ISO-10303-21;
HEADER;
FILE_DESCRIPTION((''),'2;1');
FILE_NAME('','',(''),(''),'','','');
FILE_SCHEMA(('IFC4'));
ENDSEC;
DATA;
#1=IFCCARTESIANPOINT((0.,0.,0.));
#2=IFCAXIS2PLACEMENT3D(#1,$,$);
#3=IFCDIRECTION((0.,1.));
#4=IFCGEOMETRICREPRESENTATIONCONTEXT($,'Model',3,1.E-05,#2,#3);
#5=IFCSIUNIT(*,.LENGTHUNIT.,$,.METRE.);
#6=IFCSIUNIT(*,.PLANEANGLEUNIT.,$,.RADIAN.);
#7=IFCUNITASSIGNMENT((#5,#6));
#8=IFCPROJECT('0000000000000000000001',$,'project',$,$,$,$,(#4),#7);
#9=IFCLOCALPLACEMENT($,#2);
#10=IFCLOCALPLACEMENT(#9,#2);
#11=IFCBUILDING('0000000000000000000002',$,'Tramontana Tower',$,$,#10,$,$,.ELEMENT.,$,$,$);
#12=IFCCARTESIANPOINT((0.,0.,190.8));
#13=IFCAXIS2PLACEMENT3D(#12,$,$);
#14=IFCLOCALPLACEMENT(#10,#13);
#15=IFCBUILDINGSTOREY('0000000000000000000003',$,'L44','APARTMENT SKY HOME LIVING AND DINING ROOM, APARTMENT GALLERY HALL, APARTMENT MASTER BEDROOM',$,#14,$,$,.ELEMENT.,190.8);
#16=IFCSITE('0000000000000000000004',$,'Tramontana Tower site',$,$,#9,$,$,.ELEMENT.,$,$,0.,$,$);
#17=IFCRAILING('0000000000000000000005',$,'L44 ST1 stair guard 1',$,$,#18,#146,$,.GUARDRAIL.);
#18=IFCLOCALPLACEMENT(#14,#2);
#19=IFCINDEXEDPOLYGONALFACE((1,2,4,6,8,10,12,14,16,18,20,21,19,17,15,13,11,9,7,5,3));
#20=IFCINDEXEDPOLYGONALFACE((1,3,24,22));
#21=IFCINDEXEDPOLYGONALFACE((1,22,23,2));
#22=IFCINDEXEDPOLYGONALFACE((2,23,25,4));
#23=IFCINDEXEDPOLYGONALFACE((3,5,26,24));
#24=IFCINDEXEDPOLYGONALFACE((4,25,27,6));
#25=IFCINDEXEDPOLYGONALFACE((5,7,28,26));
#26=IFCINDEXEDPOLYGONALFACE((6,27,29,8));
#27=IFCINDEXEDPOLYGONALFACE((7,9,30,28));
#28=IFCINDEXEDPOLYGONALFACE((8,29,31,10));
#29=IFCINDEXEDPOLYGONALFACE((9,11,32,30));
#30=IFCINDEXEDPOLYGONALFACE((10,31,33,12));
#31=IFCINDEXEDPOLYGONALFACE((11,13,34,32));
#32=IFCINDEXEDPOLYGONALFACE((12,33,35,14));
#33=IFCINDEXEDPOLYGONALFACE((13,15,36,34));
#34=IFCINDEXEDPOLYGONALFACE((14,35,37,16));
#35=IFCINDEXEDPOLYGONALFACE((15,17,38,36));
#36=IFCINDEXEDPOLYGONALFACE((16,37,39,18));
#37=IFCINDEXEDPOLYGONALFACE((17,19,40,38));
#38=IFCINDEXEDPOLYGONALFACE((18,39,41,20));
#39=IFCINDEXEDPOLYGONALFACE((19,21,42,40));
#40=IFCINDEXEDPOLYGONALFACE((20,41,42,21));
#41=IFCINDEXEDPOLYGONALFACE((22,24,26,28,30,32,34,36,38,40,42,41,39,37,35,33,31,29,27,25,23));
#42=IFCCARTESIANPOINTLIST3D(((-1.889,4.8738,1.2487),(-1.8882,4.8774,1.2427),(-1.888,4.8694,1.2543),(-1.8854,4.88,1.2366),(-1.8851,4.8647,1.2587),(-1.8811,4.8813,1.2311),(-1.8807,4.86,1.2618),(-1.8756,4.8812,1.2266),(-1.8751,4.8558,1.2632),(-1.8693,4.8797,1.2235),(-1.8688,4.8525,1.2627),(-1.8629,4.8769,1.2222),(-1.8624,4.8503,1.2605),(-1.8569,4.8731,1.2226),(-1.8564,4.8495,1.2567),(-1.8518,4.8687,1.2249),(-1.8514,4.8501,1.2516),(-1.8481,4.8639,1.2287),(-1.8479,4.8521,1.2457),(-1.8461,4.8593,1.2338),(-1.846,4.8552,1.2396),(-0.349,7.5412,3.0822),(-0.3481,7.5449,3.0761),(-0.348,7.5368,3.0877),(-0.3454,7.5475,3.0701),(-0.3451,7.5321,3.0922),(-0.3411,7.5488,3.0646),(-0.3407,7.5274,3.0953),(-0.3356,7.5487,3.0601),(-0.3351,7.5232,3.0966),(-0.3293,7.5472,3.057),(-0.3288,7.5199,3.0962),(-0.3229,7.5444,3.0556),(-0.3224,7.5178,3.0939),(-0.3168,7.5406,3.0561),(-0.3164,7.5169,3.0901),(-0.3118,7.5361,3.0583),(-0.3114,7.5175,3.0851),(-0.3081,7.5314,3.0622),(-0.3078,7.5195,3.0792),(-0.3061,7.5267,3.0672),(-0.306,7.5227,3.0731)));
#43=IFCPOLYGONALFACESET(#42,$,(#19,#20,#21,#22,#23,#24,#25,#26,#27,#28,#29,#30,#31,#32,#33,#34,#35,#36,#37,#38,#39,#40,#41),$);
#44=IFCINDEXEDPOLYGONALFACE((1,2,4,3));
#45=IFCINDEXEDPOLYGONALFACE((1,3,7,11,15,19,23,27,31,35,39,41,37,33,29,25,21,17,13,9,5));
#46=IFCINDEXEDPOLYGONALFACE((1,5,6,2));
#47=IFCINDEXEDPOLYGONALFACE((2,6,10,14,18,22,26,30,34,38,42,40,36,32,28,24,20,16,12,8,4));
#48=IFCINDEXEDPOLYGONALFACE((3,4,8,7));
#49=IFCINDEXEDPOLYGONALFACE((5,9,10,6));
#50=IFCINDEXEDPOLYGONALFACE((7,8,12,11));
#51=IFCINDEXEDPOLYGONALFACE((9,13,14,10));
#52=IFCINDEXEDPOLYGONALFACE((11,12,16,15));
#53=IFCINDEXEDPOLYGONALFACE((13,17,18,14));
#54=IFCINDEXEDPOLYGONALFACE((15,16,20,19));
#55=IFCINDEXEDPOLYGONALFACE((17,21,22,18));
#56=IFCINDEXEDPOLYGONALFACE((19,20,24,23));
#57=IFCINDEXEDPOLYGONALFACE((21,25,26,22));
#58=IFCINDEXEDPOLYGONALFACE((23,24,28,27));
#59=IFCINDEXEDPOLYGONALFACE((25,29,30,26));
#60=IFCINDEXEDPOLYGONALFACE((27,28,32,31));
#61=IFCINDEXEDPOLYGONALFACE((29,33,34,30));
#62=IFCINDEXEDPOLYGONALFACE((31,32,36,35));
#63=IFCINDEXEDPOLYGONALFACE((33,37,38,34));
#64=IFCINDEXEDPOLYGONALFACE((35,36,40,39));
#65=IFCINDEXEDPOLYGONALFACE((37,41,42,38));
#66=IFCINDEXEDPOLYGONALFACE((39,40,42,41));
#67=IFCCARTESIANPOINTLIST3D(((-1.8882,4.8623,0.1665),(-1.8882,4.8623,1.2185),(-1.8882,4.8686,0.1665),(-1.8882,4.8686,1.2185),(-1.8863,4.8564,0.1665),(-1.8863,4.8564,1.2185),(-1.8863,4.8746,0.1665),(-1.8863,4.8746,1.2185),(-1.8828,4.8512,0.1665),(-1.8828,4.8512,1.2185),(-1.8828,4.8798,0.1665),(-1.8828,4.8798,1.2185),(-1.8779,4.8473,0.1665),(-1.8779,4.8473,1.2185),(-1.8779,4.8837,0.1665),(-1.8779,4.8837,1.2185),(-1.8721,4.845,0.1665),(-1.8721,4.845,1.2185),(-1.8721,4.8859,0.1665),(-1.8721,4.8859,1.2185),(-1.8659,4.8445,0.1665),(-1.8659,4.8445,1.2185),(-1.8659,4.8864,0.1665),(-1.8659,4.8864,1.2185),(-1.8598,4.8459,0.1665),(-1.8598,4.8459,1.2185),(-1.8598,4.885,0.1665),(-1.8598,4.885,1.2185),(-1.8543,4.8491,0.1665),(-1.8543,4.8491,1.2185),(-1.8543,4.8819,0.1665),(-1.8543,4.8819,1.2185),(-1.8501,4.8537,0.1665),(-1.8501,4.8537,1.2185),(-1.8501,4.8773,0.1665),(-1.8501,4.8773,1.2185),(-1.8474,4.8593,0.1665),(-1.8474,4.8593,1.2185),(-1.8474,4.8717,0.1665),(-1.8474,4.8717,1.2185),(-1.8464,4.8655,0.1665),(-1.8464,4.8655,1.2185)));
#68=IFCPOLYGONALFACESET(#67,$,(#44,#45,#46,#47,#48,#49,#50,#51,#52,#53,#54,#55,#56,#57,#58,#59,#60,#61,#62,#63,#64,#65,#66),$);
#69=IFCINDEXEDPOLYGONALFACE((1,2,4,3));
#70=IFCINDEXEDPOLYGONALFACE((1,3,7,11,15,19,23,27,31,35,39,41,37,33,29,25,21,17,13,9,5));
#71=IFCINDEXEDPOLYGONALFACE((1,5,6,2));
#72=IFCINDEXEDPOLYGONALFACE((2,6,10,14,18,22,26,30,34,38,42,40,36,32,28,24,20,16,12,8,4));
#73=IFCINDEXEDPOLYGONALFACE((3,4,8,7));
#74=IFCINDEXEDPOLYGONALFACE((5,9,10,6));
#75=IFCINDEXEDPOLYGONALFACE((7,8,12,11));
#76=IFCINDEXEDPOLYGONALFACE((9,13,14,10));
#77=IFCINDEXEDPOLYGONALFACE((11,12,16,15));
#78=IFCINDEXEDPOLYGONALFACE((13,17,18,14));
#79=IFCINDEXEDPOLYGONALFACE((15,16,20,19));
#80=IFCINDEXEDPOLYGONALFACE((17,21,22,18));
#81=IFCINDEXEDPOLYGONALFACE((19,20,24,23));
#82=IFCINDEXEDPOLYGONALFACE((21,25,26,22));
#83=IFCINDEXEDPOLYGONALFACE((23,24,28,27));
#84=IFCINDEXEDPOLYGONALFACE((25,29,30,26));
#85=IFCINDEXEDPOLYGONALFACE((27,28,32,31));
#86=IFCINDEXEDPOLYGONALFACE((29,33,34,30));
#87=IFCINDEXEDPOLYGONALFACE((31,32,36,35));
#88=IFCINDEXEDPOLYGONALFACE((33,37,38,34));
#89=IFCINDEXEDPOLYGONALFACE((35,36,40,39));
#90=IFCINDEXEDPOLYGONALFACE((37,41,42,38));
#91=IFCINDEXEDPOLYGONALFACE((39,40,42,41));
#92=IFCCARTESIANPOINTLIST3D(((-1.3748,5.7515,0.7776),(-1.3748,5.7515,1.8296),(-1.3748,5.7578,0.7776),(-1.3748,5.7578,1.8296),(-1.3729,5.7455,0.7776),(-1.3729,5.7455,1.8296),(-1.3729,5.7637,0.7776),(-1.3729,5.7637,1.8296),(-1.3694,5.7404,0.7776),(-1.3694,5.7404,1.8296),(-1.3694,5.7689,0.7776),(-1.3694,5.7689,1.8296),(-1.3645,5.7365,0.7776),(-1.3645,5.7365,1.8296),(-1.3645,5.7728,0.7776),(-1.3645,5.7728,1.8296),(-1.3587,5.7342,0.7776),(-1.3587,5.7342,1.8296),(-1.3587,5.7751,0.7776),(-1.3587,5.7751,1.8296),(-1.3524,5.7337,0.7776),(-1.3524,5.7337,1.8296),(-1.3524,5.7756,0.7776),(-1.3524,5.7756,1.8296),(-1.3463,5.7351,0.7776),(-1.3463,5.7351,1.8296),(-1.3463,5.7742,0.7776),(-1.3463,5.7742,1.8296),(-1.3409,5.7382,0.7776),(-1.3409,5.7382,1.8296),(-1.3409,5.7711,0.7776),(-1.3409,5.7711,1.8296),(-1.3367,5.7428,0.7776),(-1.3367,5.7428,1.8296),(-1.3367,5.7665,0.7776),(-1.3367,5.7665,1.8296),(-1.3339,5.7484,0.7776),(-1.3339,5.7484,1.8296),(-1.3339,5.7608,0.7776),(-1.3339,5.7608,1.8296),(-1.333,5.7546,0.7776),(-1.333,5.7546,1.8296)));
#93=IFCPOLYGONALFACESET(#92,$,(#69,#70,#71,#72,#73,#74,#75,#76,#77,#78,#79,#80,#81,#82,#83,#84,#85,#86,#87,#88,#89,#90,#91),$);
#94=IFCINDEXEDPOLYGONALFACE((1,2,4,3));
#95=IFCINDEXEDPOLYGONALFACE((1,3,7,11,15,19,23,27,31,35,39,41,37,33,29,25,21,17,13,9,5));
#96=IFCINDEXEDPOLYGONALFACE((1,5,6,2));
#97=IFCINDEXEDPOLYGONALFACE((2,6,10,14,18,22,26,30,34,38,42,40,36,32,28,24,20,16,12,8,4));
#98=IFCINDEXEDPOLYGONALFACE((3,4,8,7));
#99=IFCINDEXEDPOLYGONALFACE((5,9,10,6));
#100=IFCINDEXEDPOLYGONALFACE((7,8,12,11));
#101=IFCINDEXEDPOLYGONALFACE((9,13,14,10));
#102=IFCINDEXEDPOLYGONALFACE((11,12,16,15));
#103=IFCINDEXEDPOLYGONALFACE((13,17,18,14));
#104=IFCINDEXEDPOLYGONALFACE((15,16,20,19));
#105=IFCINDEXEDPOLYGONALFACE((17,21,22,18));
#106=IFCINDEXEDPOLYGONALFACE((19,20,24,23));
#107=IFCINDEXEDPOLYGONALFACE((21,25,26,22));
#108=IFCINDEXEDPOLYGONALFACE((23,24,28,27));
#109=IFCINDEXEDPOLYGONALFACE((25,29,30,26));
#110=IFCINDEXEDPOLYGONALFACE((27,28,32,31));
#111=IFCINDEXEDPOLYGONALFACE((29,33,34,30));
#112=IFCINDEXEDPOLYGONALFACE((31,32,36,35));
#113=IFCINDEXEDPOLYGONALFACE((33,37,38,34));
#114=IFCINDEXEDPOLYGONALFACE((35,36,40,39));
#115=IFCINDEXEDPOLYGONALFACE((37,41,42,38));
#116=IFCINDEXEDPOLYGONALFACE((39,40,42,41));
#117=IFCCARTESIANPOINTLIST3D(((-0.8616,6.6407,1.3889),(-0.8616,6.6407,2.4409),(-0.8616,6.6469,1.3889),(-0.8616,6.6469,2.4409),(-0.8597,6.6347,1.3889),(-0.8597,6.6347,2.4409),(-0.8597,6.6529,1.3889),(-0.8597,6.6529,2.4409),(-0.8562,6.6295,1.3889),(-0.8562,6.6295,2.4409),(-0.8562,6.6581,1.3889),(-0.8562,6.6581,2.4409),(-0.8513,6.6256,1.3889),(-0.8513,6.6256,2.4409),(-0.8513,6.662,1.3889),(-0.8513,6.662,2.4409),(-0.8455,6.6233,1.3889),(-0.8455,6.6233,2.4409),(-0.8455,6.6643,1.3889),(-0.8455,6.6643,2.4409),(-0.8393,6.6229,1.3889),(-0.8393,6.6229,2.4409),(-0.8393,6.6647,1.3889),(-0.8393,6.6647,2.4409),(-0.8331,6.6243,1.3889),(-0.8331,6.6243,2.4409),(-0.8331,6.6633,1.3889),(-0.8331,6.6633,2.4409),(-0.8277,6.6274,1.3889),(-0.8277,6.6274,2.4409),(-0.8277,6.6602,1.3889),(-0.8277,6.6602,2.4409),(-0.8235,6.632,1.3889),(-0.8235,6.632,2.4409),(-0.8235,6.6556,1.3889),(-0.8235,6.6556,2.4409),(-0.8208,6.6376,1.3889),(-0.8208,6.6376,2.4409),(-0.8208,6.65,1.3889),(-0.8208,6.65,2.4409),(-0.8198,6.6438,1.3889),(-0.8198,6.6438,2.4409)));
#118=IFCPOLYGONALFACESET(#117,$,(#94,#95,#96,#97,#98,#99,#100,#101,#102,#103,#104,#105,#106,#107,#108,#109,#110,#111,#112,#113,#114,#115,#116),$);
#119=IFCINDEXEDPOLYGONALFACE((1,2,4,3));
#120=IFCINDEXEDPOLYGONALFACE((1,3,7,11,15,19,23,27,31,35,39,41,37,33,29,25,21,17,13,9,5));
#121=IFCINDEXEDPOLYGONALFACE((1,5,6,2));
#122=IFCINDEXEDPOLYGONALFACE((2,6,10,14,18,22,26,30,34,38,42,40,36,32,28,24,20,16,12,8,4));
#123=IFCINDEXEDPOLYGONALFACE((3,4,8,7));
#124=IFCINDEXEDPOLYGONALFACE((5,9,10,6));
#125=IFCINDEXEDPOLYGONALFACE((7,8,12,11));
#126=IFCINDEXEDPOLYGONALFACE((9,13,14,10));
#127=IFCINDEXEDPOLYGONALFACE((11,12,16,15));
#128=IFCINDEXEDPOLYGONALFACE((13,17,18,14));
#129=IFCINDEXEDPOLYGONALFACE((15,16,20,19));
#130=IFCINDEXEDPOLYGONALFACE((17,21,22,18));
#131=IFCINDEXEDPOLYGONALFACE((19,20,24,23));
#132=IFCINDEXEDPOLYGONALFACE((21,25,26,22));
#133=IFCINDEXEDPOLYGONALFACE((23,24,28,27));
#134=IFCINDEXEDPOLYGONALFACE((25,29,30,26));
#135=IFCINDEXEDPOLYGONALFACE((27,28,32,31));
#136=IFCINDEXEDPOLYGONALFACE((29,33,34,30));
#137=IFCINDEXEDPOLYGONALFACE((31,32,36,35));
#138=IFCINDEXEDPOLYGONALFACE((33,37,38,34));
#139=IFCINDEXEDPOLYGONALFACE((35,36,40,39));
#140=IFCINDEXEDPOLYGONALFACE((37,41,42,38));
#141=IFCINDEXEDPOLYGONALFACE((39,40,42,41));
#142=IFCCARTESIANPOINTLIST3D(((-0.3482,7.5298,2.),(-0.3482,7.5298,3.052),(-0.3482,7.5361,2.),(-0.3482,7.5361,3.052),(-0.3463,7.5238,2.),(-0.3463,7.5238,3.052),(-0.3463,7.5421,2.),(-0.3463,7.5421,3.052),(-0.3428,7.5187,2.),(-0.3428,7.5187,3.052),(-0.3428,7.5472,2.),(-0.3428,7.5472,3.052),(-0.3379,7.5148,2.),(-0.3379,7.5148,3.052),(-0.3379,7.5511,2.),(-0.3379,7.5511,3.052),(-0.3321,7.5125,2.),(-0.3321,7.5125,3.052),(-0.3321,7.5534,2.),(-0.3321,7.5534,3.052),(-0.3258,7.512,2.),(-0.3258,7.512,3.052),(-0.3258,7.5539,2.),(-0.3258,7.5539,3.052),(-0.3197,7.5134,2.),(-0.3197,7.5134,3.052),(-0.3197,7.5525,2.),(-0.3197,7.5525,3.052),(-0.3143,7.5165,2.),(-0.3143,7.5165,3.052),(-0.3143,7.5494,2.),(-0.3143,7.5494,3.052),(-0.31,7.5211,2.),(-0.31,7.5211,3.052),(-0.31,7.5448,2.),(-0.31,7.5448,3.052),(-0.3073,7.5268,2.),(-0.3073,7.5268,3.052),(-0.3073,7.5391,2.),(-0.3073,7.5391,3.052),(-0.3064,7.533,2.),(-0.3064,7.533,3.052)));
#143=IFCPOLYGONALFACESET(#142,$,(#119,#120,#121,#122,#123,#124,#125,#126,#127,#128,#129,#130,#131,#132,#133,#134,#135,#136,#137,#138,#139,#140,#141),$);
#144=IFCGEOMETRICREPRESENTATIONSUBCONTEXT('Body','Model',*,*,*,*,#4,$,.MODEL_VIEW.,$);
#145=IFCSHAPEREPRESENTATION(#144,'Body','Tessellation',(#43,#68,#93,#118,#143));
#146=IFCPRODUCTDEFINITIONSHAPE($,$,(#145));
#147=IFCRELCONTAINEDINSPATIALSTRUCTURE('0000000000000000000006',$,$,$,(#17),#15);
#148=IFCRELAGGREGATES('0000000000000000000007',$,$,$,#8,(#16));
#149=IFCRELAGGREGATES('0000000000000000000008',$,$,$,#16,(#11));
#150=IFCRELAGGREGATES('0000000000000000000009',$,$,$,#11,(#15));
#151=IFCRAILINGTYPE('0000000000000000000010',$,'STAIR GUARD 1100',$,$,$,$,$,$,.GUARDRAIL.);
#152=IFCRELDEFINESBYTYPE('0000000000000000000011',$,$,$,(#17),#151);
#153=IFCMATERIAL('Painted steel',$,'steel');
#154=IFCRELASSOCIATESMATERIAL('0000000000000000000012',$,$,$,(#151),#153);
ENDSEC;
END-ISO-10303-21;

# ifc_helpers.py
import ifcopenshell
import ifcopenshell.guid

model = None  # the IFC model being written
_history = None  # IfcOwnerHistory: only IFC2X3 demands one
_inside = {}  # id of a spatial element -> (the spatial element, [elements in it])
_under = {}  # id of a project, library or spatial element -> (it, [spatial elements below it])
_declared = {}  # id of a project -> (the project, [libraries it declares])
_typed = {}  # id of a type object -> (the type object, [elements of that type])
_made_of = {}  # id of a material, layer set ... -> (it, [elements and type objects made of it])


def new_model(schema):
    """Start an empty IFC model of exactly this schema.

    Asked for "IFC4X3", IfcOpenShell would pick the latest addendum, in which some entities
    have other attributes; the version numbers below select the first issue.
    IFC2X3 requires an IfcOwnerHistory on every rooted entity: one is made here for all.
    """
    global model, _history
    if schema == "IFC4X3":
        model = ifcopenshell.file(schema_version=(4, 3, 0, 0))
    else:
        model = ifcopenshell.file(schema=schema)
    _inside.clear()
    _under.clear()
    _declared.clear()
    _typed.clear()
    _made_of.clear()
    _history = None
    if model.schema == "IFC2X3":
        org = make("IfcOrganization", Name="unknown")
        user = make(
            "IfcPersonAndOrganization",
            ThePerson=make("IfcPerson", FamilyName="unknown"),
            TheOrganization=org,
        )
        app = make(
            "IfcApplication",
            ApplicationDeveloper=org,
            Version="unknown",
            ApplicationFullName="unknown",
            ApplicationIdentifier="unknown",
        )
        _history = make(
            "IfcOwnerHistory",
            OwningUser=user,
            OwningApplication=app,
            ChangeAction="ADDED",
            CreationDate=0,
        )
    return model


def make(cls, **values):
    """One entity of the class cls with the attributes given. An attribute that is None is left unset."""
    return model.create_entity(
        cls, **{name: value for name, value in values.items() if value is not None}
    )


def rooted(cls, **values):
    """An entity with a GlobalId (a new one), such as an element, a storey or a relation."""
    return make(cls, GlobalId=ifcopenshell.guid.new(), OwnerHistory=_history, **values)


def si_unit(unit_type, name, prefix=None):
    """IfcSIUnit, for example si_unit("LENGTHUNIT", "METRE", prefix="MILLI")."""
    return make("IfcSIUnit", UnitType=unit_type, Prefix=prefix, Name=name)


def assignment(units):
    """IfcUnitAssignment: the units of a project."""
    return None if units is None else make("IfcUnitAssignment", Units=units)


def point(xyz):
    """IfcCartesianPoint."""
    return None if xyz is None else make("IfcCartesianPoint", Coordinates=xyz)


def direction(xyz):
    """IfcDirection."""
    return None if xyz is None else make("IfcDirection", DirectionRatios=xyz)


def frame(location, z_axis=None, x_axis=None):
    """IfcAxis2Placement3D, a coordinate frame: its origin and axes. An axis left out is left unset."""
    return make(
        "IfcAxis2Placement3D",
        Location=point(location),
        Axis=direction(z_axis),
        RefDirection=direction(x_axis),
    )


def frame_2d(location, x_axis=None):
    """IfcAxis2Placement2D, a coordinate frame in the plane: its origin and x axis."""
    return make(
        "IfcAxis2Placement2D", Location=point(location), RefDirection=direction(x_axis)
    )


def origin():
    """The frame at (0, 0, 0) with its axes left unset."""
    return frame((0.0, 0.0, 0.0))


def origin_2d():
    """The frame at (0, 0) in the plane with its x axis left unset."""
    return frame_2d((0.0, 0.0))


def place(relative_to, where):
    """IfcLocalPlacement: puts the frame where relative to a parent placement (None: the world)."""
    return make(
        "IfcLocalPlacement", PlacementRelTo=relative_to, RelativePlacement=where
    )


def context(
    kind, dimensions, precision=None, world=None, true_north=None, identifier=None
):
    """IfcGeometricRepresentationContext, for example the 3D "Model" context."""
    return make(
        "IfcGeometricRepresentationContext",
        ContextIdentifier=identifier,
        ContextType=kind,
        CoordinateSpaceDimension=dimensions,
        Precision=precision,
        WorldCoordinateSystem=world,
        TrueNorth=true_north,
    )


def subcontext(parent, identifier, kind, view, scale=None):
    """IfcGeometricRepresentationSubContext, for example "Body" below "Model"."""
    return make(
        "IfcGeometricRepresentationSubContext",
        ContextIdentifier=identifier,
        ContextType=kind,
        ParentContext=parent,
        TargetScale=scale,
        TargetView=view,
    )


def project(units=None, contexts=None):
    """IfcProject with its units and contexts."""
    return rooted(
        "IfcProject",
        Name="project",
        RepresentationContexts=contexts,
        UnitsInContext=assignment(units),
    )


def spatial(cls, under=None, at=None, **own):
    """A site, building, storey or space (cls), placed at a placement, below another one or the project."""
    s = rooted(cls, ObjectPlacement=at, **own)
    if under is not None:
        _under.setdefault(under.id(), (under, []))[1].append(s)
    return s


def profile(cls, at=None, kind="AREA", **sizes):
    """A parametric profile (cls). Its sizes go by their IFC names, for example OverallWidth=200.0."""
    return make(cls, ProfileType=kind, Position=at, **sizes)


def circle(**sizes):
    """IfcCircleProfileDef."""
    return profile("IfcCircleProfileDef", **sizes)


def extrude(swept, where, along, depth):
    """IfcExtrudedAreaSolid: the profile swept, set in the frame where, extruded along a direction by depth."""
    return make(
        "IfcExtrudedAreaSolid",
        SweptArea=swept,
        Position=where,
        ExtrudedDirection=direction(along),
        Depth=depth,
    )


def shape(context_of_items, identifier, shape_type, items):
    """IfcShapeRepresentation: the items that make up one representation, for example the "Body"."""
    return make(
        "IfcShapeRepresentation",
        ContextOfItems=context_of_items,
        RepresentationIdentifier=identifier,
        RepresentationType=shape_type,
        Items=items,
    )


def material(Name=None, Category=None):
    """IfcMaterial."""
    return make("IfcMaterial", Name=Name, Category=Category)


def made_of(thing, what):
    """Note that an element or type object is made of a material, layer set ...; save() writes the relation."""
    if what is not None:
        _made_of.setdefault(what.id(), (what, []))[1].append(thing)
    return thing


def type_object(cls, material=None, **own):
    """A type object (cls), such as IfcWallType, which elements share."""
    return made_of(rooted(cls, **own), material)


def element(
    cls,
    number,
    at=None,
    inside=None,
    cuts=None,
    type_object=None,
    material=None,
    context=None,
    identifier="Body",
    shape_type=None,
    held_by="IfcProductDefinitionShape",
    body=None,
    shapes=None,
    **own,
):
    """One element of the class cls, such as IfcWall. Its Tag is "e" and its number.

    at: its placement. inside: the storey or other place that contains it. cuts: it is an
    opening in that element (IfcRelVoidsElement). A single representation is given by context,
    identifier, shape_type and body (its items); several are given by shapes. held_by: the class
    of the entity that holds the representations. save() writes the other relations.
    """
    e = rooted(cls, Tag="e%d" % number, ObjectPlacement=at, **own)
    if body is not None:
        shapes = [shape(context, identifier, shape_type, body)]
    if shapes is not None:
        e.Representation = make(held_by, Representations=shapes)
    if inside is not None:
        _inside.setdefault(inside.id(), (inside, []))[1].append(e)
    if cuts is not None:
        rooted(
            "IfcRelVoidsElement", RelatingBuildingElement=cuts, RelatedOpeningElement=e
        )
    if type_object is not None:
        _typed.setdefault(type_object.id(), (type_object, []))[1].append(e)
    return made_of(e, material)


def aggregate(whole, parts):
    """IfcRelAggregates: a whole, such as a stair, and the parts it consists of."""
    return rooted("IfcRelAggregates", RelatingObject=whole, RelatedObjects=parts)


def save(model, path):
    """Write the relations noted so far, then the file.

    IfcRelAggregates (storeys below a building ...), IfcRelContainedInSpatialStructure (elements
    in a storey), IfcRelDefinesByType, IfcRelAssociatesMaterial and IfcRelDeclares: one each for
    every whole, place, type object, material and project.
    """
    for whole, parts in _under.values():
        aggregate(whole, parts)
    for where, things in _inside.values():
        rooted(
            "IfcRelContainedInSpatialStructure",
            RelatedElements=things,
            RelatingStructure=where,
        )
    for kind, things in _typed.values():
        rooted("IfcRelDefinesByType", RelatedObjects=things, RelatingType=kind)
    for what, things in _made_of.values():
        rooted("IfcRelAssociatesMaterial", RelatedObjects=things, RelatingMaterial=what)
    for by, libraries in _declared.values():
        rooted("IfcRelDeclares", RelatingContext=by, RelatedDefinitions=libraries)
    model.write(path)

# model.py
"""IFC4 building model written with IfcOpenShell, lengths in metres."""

from ifc_helpers import new_model, si_unit, direction, frame, origin, origin_2d, place, context, subcontext, project, spatial, circle, extrude, material, type_object, element, save


model = new_model("IFC4")

# Units and contexts
model_context = context("Model", 3, precision=1e-05, world=origin(), true_north=direction((0.0, 1.0)))
body_context = subcontext(model_context, "Body", "Model", "MODEL_VIEW")
ifc_project = project(units=[si_unit("LENGTHUNIT", "METRE"), si_unit("PLANEANGLEUNIT", "RADIAN")], contexts=[model_context])

# Site, building, storey
site_placement = place(None, origin())
site = spatial("IfcSite", under=ifc_project, at=site_placement, Name="Tramontana Tower site", CompositionType="ELEMENT", RefElevation=0.0)
building_placement = place(site_placement, origin())
building = spatial("IfcBuilding", under=site, at=building_placement, Name="Tramontana Tower", CompositionType="ELEMENT")
storey_placement = place(building_placement, frame((0.0, 0.0, 190.8)))
storey = spatial("IfcBuildingStorey", under=building, at=storey_placement, Name="L44", Description="APARTMENT SKY HOME LIVING AND DINING ROOM, APARTMENT GALLERY HALL, APARTMENT MASTER BEDROOM", CompositionType="ELEMENT", Elevation=190.8)

# Railing
ifc_material_1 = material(Name="Painted steel", Category="steel")
railing_type_1 = type_object("IfcRailingType", Name="STAIR GUARD 1100", PredefinedType="GUARDRAIL", material=ifc_material_1)
railing_1_placement = place(storey_placement, frame((-1.8674, 4.8655, 0.1665)))
element("IfcRailing", 1, at=railing_1_placement, inside=storey, type_object=railing_type_1, Name="L44 ST1 stair guard 1", PredefinedType="GUARDRAIL", context=body_context, shape_type="SweptSolid", body=[
    extrude(circle(Radius=0.0239, at=origin_2d()), frame((0.0, 0.0, 1.0762), z_axis=(0.429634, 0.744164, 0.511502), x_axis=(-0.86603, 0.499992, 0.0)), (0.0, 0.0, 1.0), 3.5845),
    extrude(circle(Radius=0.021, at=origin_2d()), origin(), (0.0, 0.0, 1.0), 1.052),
    extrude(circle(Radius=0.021, at=origin_2d()), frame((0.5134, 0.8892, 0.6111)), (0.0, 0.0, 1.0), 1.052),
    extrude(circle(Radius=0.021, at=origin_2d()), frame((1.0266, 1.7783, 1.2224)), (0.0, 0.0, 1.0), 1.052),
    extrude(circle(Radius=0.021, at=origin_2d()), frame((1.54, 2.6675, 1.8335)), (0.0, 0.0, 1.0), 1.052),
])

save(model, "model.ifc")
